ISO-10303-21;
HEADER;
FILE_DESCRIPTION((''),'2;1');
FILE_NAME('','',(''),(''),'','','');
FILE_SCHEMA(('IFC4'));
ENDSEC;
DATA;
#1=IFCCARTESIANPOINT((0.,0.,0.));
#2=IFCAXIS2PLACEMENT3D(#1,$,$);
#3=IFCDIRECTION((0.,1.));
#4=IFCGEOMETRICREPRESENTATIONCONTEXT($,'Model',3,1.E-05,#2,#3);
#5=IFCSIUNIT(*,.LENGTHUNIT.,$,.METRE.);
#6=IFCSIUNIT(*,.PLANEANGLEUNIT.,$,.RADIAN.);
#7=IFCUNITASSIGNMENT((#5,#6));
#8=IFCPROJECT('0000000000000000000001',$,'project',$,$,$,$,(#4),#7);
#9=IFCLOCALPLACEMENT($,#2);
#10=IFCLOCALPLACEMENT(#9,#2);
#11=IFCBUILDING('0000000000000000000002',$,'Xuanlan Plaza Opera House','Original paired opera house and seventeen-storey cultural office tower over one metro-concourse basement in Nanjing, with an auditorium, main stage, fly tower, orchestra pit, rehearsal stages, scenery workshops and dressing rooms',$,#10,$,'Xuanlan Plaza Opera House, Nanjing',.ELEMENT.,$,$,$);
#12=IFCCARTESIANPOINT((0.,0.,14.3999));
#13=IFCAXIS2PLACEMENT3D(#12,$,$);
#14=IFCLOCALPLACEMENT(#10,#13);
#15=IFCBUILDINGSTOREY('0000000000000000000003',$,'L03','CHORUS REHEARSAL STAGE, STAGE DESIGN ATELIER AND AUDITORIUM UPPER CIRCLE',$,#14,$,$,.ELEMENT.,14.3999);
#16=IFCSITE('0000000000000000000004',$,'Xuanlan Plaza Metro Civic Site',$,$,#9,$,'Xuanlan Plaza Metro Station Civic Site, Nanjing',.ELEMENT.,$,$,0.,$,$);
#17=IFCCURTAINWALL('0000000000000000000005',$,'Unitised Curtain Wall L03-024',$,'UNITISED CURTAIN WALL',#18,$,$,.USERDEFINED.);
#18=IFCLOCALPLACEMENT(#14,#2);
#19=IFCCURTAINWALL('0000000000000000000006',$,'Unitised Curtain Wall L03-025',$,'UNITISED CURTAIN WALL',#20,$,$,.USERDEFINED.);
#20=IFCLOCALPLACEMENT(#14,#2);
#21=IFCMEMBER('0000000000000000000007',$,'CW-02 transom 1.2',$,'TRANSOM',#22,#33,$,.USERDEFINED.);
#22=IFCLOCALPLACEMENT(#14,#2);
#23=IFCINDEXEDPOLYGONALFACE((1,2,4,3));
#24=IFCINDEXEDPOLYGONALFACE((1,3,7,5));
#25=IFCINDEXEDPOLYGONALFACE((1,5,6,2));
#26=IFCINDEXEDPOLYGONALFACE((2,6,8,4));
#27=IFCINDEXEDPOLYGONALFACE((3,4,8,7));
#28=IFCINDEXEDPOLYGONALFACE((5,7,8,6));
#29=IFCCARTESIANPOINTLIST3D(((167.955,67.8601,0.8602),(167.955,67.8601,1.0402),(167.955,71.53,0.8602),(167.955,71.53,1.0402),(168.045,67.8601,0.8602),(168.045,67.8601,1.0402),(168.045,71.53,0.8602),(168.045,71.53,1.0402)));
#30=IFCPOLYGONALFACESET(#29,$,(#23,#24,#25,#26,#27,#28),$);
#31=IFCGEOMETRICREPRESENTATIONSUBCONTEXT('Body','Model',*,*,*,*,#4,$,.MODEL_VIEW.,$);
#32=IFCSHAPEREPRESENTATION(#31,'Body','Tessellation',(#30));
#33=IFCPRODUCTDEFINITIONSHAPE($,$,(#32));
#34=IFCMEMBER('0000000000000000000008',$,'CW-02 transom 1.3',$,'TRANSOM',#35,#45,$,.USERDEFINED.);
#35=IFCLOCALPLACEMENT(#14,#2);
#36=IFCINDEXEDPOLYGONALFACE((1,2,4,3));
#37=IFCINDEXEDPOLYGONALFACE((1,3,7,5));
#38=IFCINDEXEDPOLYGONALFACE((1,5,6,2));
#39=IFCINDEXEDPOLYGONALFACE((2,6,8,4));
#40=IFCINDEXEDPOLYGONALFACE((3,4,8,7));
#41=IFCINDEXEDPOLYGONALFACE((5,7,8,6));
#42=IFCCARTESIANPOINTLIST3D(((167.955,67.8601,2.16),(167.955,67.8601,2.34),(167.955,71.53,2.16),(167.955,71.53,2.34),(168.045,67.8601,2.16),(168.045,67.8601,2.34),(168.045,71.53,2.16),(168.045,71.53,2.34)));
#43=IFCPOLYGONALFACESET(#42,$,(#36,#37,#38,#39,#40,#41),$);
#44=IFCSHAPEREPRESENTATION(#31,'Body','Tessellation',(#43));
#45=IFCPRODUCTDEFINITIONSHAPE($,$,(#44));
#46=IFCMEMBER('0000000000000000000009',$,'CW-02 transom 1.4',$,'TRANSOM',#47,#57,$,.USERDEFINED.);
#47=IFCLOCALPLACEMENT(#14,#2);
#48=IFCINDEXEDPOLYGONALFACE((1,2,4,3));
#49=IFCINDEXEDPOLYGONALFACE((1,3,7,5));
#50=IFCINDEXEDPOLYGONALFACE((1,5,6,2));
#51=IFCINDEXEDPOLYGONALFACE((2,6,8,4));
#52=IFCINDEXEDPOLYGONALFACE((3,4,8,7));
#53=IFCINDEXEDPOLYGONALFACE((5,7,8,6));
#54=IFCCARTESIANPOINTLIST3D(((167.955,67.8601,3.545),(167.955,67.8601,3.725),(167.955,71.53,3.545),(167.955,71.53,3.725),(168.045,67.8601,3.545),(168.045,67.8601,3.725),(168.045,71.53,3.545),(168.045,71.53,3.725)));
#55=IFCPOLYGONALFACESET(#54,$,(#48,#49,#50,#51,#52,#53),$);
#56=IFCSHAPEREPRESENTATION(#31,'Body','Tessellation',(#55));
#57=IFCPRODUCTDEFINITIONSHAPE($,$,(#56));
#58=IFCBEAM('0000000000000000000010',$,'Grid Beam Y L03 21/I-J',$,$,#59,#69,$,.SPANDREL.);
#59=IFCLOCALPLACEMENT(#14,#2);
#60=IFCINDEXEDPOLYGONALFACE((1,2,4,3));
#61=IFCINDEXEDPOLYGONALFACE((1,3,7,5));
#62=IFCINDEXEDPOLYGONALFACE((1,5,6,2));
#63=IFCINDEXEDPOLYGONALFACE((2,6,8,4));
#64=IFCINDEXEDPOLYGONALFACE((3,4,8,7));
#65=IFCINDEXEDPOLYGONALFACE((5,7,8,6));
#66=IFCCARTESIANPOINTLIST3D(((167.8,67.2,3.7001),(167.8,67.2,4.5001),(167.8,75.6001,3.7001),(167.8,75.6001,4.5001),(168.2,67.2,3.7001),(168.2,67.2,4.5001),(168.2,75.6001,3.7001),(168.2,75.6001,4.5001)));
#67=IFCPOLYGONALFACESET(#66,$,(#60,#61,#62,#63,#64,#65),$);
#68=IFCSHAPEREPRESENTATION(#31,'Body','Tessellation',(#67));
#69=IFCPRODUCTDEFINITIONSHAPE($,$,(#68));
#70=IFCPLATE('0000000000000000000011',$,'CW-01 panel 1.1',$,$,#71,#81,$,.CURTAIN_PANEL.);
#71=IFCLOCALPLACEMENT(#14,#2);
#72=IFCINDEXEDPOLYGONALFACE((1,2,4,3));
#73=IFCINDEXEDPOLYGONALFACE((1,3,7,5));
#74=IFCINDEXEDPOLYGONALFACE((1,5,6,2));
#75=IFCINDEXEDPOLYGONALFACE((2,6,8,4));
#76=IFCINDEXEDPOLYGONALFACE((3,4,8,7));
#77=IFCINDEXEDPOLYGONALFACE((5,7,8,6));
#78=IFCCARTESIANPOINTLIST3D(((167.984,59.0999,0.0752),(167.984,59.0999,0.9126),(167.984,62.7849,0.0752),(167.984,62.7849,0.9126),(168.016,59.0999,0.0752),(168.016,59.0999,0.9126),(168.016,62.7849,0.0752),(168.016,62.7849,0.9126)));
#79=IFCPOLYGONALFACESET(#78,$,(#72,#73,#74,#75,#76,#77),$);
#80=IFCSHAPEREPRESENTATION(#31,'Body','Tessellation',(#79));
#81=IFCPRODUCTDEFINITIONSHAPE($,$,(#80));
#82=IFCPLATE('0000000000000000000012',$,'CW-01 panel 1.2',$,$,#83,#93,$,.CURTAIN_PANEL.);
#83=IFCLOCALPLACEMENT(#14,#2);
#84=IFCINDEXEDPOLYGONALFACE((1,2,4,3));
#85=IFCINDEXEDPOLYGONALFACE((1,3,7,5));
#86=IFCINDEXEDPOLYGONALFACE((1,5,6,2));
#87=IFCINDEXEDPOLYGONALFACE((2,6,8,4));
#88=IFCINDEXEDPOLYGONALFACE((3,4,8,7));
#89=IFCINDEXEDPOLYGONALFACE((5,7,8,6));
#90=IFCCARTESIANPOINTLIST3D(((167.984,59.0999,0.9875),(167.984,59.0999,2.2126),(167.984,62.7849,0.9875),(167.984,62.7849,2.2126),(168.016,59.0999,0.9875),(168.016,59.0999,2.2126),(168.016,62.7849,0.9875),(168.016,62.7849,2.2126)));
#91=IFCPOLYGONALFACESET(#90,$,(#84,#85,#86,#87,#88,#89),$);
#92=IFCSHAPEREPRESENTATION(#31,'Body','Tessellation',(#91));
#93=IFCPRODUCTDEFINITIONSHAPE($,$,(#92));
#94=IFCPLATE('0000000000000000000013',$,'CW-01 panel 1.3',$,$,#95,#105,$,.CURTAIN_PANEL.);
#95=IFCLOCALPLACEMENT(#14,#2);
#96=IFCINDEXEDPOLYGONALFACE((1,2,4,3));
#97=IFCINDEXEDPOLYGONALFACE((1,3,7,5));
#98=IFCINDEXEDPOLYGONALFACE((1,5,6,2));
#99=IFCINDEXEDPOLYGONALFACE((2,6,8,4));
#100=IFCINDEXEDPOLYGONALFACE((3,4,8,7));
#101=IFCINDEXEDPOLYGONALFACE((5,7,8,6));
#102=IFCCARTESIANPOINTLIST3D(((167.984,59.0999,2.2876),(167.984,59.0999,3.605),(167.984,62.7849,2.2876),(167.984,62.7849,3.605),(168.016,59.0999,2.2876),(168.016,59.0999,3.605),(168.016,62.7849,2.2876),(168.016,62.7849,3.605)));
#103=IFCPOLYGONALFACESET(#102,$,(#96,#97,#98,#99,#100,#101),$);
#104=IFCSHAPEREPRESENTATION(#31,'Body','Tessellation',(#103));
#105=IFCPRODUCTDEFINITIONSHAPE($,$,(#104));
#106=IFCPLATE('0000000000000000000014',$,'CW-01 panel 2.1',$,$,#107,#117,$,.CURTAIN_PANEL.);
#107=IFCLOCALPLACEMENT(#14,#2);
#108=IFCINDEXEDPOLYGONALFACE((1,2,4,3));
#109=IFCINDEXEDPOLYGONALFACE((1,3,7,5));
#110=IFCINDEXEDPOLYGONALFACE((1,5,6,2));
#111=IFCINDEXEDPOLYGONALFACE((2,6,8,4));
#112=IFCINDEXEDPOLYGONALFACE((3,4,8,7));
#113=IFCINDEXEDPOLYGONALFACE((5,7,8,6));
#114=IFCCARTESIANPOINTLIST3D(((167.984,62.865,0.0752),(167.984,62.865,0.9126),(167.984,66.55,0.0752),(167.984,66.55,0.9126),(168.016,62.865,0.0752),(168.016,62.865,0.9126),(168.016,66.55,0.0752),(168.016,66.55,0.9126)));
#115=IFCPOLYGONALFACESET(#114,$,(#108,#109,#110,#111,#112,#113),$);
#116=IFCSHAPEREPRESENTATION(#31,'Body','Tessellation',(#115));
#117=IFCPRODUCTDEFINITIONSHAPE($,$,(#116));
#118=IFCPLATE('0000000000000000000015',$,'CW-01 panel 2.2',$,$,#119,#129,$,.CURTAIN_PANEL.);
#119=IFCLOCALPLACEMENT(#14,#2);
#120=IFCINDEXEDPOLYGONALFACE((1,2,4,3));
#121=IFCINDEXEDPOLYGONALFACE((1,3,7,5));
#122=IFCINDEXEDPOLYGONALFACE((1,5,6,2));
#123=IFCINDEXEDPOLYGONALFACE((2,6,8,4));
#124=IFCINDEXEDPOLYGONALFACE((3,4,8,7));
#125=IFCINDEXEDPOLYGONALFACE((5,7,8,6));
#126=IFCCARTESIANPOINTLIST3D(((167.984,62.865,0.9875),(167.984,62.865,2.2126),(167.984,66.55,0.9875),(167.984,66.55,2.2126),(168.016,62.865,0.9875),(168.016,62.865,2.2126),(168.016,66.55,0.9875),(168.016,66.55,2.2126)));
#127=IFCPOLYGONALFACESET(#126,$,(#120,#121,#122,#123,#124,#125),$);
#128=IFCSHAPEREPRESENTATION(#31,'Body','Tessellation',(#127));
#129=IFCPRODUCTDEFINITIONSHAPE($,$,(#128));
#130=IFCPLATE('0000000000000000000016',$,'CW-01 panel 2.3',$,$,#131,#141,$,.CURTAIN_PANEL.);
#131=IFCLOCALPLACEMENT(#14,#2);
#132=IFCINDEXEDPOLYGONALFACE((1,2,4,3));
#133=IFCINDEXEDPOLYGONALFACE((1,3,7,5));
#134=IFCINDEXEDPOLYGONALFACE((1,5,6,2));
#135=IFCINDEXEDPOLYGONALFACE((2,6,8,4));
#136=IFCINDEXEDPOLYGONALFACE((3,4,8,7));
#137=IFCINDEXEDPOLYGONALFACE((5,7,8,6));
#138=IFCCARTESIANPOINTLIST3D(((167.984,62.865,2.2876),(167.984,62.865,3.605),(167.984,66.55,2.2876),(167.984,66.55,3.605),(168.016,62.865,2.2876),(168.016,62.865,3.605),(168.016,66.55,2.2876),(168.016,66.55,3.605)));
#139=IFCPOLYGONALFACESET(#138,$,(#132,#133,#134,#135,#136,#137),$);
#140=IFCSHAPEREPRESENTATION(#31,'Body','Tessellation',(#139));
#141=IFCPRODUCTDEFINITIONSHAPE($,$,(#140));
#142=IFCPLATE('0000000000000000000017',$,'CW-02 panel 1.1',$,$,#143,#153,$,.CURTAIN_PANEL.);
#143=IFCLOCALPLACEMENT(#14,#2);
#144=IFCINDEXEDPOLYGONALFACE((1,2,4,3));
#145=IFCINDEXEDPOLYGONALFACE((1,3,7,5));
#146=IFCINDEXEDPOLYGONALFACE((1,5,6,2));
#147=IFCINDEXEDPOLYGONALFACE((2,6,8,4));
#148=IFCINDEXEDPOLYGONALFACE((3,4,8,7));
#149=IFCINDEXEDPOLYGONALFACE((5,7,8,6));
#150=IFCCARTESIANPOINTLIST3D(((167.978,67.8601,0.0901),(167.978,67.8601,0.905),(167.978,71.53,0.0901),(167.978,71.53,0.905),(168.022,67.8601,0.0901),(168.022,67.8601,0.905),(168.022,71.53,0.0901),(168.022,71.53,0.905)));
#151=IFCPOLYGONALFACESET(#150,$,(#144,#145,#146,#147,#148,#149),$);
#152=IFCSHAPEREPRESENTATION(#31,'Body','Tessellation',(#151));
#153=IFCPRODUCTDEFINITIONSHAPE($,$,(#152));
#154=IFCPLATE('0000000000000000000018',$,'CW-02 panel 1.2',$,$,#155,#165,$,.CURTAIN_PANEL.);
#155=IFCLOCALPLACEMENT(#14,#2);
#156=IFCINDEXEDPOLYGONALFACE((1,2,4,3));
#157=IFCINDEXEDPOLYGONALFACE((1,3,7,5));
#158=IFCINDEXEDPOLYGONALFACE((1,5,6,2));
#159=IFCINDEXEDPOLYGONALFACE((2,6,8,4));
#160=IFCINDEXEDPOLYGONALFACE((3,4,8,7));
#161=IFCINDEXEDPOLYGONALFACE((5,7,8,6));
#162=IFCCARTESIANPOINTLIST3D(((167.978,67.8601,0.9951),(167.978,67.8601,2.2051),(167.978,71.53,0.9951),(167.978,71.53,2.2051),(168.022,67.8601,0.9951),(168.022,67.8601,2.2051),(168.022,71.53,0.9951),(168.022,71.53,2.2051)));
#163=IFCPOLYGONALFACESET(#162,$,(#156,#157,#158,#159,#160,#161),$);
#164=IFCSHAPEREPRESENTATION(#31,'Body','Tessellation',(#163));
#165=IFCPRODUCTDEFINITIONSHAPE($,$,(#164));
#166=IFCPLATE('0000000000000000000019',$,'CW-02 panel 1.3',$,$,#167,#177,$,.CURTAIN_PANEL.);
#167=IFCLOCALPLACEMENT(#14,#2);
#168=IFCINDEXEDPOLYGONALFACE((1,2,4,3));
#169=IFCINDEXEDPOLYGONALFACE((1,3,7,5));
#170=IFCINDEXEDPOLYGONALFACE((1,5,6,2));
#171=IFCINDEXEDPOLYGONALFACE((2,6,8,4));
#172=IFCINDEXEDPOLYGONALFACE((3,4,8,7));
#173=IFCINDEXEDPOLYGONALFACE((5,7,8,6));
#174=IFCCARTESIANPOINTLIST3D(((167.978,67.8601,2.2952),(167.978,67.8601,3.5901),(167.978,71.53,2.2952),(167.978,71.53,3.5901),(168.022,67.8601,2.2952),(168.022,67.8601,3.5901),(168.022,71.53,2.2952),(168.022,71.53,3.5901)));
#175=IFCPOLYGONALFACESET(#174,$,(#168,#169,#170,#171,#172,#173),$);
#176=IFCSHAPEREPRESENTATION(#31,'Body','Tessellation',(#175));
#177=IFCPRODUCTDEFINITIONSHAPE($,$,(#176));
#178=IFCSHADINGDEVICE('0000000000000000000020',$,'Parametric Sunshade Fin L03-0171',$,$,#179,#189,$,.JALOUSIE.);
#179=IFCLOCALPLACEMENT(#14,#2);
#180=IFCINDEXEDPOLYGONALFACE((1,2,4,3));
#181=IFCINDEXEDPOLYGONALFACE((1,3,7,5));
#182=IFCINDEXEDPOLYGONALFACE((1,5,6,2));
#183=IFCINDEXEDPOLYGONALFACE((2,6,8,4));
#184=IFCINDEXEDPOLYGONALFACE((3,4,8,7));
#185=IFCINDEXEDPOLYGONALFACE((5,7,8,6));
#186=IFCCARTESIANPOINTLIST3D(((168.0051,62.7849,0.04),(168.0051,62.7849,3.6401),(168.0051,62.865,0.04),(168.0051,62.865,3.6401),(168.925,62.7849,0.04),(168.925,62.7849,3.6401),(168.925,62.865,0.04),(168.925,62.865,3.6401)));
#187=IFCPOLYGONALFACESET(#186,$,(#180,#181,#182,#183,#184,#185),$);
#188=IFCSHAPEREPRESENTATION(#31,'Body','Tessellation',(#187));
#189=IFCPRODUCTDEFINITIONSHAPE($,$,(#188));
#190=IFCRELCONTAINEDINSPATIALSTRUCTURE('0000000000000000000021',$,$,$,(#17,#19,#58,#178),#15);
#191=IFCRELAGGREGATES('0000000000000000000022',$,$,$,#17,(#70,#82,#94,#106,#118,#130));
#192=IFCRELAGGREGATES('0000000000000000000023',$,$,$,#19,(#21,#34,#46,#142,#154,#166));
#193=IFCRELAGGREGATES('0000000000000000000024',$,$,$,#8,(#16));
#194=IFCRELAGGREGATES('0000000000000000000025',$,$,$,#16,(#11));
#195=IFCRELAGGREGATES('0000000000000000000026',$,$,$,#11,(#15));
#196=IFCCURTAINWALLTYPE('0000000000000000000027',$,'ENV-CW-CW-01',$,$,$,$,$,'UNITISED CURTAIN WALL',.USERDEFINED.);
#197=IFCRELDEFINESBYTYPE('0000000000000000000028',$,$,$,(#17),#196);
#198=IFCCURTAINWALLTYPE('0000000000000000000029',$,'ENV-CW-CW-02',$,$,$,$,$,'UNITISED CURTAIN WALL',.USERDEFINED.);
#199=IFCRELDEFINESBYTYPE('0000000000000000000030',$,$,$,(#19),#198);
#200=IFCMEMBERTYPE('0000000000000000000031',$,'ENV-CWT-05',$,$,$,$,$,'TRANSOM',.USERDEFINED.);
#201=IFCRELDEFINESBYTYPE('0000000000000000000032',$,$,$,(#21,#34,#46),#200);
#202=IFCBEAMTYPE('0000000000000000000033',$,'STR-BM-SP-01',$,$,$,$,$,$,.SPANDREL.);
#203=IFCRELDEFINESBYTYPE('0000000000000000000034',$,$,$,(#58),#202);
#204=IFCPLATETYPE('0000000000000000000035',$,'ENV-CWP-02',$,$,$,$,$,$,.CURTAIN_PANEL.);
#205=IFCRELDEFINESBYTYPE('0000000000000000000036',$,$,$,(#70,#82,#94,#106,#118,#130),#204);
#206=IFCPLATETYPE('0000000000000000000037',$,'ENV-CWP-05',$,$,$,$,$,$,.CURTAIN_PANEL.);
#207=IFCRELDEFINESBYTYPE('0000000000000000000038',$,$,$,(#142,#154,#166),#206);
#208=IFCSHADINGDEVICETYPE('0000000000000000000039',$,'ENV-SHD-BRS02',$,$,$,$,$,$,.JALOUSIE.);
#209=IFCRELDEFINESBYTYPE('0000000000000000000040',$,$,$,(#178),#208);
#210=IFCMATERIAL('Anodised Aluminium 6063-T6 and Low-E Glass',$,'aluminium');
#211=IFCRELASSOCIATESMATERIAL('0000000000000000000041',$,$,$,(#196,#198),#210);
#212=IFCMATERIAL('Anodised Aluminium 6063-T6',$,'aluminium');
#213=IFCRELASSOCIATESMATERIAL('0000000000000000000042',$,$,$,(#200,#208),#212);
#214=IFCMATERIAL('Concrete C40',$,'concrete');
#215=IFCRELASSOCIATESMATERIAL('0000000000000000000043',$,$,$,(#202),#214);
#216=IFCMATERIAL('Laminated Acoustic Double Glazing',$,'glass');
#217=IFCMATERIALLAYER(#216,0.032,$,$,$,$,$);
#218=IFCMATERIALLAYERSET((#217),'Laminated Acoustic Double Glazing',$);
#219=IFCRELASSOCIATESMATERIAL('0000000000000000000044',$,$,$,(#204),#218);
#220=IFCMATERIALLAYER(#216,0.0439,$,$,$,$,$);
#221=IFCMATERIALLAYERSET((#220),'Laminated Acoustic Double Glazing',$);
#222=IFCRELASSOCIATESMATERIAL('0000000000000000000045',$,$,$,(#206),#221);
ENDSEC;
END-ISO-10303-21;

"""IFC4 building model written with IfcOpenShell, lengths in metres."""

from ifc_helpers import new_model, si_unit, direction, frame, origin, origin_2d, place, context, subcontext, project, spatial, rectangle, extrude, material, layer, layer_set, material_profile, profile_set, type_object, element, aggregate, save


model = new_model("IFC4")

# Units and contexts
model_context = context("Model", 3, precision=1e-05, world=origin(), true_north=direction((0.0, 1.0)))
body_context = subcontext(model_context, "Body", "Model", "MODEL_VIEW")
ifc_project = project(units=[si_unit("LENGTHUNIT", "METRE"), si_unit("PLANEANGLEUNIT", "RADIAN")], contexts=[model_context])

# Site, building, storey
site_placement = place(None, origin())
site = spatial("IfcSite", under=ifc_project, at=site_placement, Name="Xuanlan Plaza Metro Civic Site", LongName="Xuanlan Plaza Metro Station Civic Site, Nanjing", CompositionType="ELEMENT", RefElevation=0.0)
building_placement = place(site_placement, origin())
building = spatial("IfcBuilding", under=site, at=building_placement, Name="Xuanlan Plaza Opera House", Description="Original paired opera house and seventeen-storey cultural office tower over one metro-concourse basement in Nanjing, with an auditorium, main stage, fly tower, orchestra pit, rehearsal stages, scenery workshops and dressing rooms", LongName="Xuanlan Plaza Opera House, Nanjing", CompositionType="ELEMENT")
storey_placement = place(building_placement, frame((0.0, 0.0, 14.3999)))
storey = spatial("IfcBuildingStorey", under=building, at=storey_placement, Name="L03", Description="CHORUS REHEARSAL STAGE, STAGE DESIGN ATELIER AND AUDITORIUM UPPER CIRCLE", CompositionType="ELEMENT", Elevation=14.3999)

# Curtain walls
ifc_material_1 = material(Name="Anodised Aluminium 6063-T6 and Low-E Glass", Category="aluminium")
curtain_wall_type_1 = type_object("IfcCurtainWallType", Name="ENV-CW-CW-01", ElementType="UNITISED CURTAIN WALL", PredefinedType="USERDEFINED", material=ifc_material_1)
curtain_wall_1_placement = place(storey_placement, origin())
curtain_wall_1 = element("IfcCurtainWall", 1, at=curtain_wall_1_placement, inside=storey, type_object=curtain_wall_type_1, Name="Unitised Curtain Wall L03-024", ObjectType="UNITISED CURTAIN WALL", PredefinedType="USERDEFINED")
ifc_material_2 = material(Name="Anodised Aluminium 6063-T6", Category="aluminium")
curtain_wall_type_2 = type_object("IfcCurtainWallType", Name="ENV-CW-CW-02", ElementType="UNITISED CURTAIN WALL", PredefinedType="USERDEFINED", material=ifc_material_1)
curtain_wall_2_placement = place(storey_placement, origin())
curtain_wall_2 = element("IfcCurtainWall", 2, at=curtain_wall_2_placement, inside=storey, type_object=curtain_wall_type_2, Name="Unitised Curtain Wall L03-025", ObjectType="UNITISED CURTAIN WALL", PredefinedType="USERDEFINED")

# Members
ifc_material_profile_1 = material_profile(ifc_material_2, rectangle(XDim=0.0901, YDim=0.1799, at=origin_2d()), Name="ALU-T 90x180")
ifc_profile_set_1 = profile_set([ifc_material_profile_1], Name="Anodised Aluminium 6063-T6")
member_type_1 = type_object("IfcMemberType", Name="ENV-CWT-05", ElementType="TRANSOM", PredefinedType="USERDEFINED", material=ifc_profile_set_1)
member_1_placement = place(storey_placement, frame((168.0, 67.8601, 0.9502), z_axis=(0.0, 1.0, 0.0), x_axis=(-1.0, 0.0, 0.0)))
member_1 = element("IfcMember", 3, at=member_1_placement, type_object=member_type_1, Name="CW-02 transom 1.2", ObjectType="TRANSOM", PredefinedType="USERDEFINED", context=body_context, shape_type="SweptSolid", body=[
    extrude(rectangle(XDim=0.0901, YDim=0.1799, at=origin_2d()), origin(), (0.0, 0.0, 1.0), 3.6699),
])
member_2_placement = place(storey_placement, frame((168.0, 67.8601, 2.25), z_axis=(0.0, 1.0, 0.0), x_axis=(-1.0, 0.0, 0.0)))
member_2 = element("IfcMember", 4, at=member_2_placement, type_object=member_type_1, Name="CW-02 transom 1.3", ObjectType="TRANSOM", PredefinedType="USERDEFINED", context=body_context, shape_type="SweptSolid", body=[
    extrude(rectangle(XDim=0.0901, YDim=0.1799, at=origin_2d()), origin(), (0.0, 0.0, 1.0), 3.6699),
])
member_3_placement = place(storey_placement, frame((168.0, 67.8601, 3.635), z_axis=(0.0, 1.0, 0.0), x_axis=(-1.0, 0.0, 0.0)))
member_3 = element("IfcMember", 5, at=member_3_placement, type_object=member_type_1, Name="CW-02 transom 1.4", ObjectType="TRANSOM", PredefinedType="USERDEFINED", context=body_context, shape_type="SweptSolid", body=[
    extrude(rectangle(XDim=0.0901, YDim=0.1799, at=origin_2d()), origin(), (0.0, 0.0, 1.0), 3.6699),
])

# Beam
ifc_material_3 = material(Name="Concrete C40", Category="concrete")
ifc_material_profile_2 = material_profile(ifc_material_3, rectangle(XDim=0.3999, YDim=0.8, at=origin_2d()), Name="RC-SPD 400x800")
ifc_profile_set_2 = profile_set([ifc_material_profile_2], Name="Concrete C40")
beam_type = type_object("IfcBeamType", Name="STR-BM-SP-01", PredefinedType="SPANDREL", material=ifc_profile_set_2)
beam_placement = place(storey_placement, frame((168.0, 67.2, 4.1001), z_axis=(0.0, 1.0, 0.0), x_axis=(-1.0, 0.0, 0.0)))
element("IfcBeam", 6, at=beam_placement, inside=storey, type_object=beam_type, Name="Grid Beam Y L03 21/I-J", PredefinedType="SPANDREL", context=body_context, shape_type="SweptSolid", body=[
    extrude(rectangle(XDim=0.3999, YDim=0.8, at=origin_2d()), origin(), (0.0, 0.0, 1.0), 8.4001),
])

# Plates
ifc_material_4 = material(Name="Laminated Acoustic Double Glazing", Category="glass")
ifc_layer_1 = layer(ifc_material_4, 0.032)
ifc_layer_set_1 = layer_set([ifc_layer_1], Name="Laminated Acoustic Double Glazing")
plate_type_1 = type_object("IfcPlateType", Name="ENV-CWP-02", PredefinedType="CURTAIN_PANEL", material=ifc_layer_set_1)
plate_1_placement = place(storey_placement, frame((168.0, 60.9424, 0.0752), z_axis=(0.0, 0.0, 1.0), x_axis=(0.0, 1.0, 0.0)))
plate_1 = element("IfcPlate", 7, at=plate_1_placement, type_object=plate_type_1, Name="CW-01 panel 1.1", PredefinedType="CURTAIN_PANEL", context=body_context, shape_type="SweptSolid", body=[
    extrude(rectangle(XDim=3.6851, YDim=0.032, at=origin_2d()), origin(), (0.0, 0.0, 1.0), 0.8374),
])
plate_2_placement = place(storey_placement, frame((168.0, 60.9424, 0.9875), z_axis=(0.0, 0.0, 1.0), x_axis=(0.0, 1.0, 0.0)))
plate_2 = element("IfcPlate", 8, at=plate_2_placement, type_object=plate_type_1, Name="CW-01 panel 1.2", PredefinedType="CURTAIN_PANEL", context=body_context, shape_type="SweptSolid", body=[
    extrude(rectangle(XDim=3.6851, YDim=0.032, at=origin_2d()), origin(), (0.0, 0.0, 1.0), 1.2251),
])
plate_3_placement = place(storey_placement, frame((168.0, 60.9424, 2.2876), z_axis=(0.0, 0.0, 1.0), x_axis=(0.0, 1.0, 0.0)))
plate_3 = element("IfcPlate", 9, at=plate_3_placement, type_object=plate_type_1, Name="CW-01 panel 1.3", PredefinedType="CURTAIN_PANEL", context=body_context, shape_type="SweptSolid", body=[
    extrude(rectangle(XDim=3.6851, YDim=0.032, at=origin_2d()), origin(), (0.0, 0.0, 1.0), 1.3174),
])
plate_4_placement = place(storey_placement, frame((168.0, 64.7075, 0.0752), z_axis=(0.0, 0.0, 1.0), x_axis=(0.0, 1.0, 0.0)))
plate_4 = element("IfcPlate", 10, at=plate_4_placement, type_object=plate_type_1, Name="CW-01 panel 2.1", PredefinedType="CURTAIN_PANEL", context=body_context, shape_type="SweptSolid", body=[
    extrude(rectangle(XDim=3.6851, YDim=0.032, at=origin_2d()), origin(), (0.0, 0.0, 1.0), 0.8374),
])
plate_5_placement = place(storey_placement, frame((168.0, 64.7075, 0.9875), z_axis=(0.0, 0.0, 1.0), x_axis=(0.0, 1.0, 0.0)))
plate_5 = element("IfcPlate", 11, at=plate_5_placement, type_object=plate_type_1, Name="CW-01 panel 2.2", PredefinedType="CURTAIN_PANEL", context=body_context, shape_type="SweptSolid", body=[
    extrude(rectangle(XDim=3.6851, YDim=0.032, at=origin_2d()), origin(), (0.0, 0.0, 1.0), 1.2251),
])
plate_6_placement = place(storey_placement, frame((168.0, 64.7075, 2.2876), z_axis=(0.0, 0.0, 1.0), x_axis=(0.0, 1.0, 0.0)))
plate_6 = element("IfcPlate", 12, at=plate_6_placement, type_object=plate_type_1, Name="CW-01 panel 2.3", PredefinedType="CURTAIN_PANEL", context=body_context, shape_type="SweptSolid", body=[
    extrude(rectangle(XDim=3.6851, YDim=0.032, at=origin_2d()), origin(), (0.0, 0.0, 1.0), 1.3174),
])
aggregate(curtain_wall_1, [plate_1, plate_2, plate_3, plate_4, plate_5, plate_6])
ifc_layer_2 = layer(ifc_material_4, 0.0439)
ifc_layer_set_2 = layer_set([ifc_layer_2], Name="Laminated Acoustic Double Glazing")
plate_type_2 = type_object("IfcPlateType", Name="ENV-CWP-05", PredefinedType="CURTAIN_PANEL", material=ifc_layer_set_2)
plate_7_placement = place(storey_placement, frame((168.0, 69.6951, 0.0901), z_axis=(0.0, 0.0, 1.0), x_axis=(0.0, 1.0, 0.0)))
plate_7 = element("IfcPlate", 13, at=plate_7_placement, type_object=plate_type_2, Name="CW-02 panel 1.1", PredefinedType="CURTAIN_PANEL", context=body_context, shape_type="SweptSolid", body=[
    extrude(rectangle(XDim=3.6699, YDim=0.0439, at=origin_2d()), origin(), (0.0, 0.0, 1.0), 0.8149),
])
plate_8_placement = place(storey_placement, frame((168.0, 69.6951, 0.9951), z_axis=(0.0, 0.0, 1.0), x_axis=(0.0, 1.0, 0.0)))
plate_8 = element("IfcPlate", 14, at=plate_8_placement, type_object=plate_type_2, Name="CW-02 panel 1.2", PredefinedType="CURTAIN_PANEL", context=body_context, shape_type="SweptSolid", body=[
    extrude(rectangle(XDim=3.6699, YDim=0.0439, at=origin_2d()), origin(), (0.0, 0.0, 1.0), 1.21),
])
plate_9_placement = place(storey_placement, frame((168.0, 69.6951, 2.2952), z_axis=(0.0, 0.0, 1.0), x_axis=(0.0, 1.0, 0.0)))
plate_9 = element("IfcPlate", 15, at=plate_9_placement, type_object=plate_type_2, Name="CW-02 panel 1.3", PredefinedType="CURTAIN_PANEL", context=body_context, shape_type="SweptSolid", body=[
    extrude(rectangle(XDim=3.6699, YDim=0.0439, at=origin_2d()), origin(), (0.0, 0.0, 1.0), 1.2949),
])
aggregate(curtain_wall_2, [member_1, member_2, member_3, plate_7, plate_8, plate_9])

# Shading device
shading_device_type = type_object("IfcShadingDeviceType", Name="ENV-SHD-BRS02", PredefinedType="JALOUSIE", material=ifc_material_2)
shading_device_placement = place(storey_placement, frame((168.4651, 62.825, 0.04), z_axis=(0.0, 0.0, 1.0), x_axis=(1.0, 0.0, 0.0)))
element("IfcShadingDevice", 16, at=shading_device_placement, inside=storey, type_object=shading_device_type, Name="Parametric Sunshade Fin L03-0171", PredefinedType="JALOUSIE", context=body_context, shape_type="SweptSolid", body=[
    extrude(rectangle(XDim=0.9199, YDim=0.0801, at=origin_2d()), origin(), (0.0, 0.0, 1.0), 3.6001),
])

save(model, "model.ifc")
